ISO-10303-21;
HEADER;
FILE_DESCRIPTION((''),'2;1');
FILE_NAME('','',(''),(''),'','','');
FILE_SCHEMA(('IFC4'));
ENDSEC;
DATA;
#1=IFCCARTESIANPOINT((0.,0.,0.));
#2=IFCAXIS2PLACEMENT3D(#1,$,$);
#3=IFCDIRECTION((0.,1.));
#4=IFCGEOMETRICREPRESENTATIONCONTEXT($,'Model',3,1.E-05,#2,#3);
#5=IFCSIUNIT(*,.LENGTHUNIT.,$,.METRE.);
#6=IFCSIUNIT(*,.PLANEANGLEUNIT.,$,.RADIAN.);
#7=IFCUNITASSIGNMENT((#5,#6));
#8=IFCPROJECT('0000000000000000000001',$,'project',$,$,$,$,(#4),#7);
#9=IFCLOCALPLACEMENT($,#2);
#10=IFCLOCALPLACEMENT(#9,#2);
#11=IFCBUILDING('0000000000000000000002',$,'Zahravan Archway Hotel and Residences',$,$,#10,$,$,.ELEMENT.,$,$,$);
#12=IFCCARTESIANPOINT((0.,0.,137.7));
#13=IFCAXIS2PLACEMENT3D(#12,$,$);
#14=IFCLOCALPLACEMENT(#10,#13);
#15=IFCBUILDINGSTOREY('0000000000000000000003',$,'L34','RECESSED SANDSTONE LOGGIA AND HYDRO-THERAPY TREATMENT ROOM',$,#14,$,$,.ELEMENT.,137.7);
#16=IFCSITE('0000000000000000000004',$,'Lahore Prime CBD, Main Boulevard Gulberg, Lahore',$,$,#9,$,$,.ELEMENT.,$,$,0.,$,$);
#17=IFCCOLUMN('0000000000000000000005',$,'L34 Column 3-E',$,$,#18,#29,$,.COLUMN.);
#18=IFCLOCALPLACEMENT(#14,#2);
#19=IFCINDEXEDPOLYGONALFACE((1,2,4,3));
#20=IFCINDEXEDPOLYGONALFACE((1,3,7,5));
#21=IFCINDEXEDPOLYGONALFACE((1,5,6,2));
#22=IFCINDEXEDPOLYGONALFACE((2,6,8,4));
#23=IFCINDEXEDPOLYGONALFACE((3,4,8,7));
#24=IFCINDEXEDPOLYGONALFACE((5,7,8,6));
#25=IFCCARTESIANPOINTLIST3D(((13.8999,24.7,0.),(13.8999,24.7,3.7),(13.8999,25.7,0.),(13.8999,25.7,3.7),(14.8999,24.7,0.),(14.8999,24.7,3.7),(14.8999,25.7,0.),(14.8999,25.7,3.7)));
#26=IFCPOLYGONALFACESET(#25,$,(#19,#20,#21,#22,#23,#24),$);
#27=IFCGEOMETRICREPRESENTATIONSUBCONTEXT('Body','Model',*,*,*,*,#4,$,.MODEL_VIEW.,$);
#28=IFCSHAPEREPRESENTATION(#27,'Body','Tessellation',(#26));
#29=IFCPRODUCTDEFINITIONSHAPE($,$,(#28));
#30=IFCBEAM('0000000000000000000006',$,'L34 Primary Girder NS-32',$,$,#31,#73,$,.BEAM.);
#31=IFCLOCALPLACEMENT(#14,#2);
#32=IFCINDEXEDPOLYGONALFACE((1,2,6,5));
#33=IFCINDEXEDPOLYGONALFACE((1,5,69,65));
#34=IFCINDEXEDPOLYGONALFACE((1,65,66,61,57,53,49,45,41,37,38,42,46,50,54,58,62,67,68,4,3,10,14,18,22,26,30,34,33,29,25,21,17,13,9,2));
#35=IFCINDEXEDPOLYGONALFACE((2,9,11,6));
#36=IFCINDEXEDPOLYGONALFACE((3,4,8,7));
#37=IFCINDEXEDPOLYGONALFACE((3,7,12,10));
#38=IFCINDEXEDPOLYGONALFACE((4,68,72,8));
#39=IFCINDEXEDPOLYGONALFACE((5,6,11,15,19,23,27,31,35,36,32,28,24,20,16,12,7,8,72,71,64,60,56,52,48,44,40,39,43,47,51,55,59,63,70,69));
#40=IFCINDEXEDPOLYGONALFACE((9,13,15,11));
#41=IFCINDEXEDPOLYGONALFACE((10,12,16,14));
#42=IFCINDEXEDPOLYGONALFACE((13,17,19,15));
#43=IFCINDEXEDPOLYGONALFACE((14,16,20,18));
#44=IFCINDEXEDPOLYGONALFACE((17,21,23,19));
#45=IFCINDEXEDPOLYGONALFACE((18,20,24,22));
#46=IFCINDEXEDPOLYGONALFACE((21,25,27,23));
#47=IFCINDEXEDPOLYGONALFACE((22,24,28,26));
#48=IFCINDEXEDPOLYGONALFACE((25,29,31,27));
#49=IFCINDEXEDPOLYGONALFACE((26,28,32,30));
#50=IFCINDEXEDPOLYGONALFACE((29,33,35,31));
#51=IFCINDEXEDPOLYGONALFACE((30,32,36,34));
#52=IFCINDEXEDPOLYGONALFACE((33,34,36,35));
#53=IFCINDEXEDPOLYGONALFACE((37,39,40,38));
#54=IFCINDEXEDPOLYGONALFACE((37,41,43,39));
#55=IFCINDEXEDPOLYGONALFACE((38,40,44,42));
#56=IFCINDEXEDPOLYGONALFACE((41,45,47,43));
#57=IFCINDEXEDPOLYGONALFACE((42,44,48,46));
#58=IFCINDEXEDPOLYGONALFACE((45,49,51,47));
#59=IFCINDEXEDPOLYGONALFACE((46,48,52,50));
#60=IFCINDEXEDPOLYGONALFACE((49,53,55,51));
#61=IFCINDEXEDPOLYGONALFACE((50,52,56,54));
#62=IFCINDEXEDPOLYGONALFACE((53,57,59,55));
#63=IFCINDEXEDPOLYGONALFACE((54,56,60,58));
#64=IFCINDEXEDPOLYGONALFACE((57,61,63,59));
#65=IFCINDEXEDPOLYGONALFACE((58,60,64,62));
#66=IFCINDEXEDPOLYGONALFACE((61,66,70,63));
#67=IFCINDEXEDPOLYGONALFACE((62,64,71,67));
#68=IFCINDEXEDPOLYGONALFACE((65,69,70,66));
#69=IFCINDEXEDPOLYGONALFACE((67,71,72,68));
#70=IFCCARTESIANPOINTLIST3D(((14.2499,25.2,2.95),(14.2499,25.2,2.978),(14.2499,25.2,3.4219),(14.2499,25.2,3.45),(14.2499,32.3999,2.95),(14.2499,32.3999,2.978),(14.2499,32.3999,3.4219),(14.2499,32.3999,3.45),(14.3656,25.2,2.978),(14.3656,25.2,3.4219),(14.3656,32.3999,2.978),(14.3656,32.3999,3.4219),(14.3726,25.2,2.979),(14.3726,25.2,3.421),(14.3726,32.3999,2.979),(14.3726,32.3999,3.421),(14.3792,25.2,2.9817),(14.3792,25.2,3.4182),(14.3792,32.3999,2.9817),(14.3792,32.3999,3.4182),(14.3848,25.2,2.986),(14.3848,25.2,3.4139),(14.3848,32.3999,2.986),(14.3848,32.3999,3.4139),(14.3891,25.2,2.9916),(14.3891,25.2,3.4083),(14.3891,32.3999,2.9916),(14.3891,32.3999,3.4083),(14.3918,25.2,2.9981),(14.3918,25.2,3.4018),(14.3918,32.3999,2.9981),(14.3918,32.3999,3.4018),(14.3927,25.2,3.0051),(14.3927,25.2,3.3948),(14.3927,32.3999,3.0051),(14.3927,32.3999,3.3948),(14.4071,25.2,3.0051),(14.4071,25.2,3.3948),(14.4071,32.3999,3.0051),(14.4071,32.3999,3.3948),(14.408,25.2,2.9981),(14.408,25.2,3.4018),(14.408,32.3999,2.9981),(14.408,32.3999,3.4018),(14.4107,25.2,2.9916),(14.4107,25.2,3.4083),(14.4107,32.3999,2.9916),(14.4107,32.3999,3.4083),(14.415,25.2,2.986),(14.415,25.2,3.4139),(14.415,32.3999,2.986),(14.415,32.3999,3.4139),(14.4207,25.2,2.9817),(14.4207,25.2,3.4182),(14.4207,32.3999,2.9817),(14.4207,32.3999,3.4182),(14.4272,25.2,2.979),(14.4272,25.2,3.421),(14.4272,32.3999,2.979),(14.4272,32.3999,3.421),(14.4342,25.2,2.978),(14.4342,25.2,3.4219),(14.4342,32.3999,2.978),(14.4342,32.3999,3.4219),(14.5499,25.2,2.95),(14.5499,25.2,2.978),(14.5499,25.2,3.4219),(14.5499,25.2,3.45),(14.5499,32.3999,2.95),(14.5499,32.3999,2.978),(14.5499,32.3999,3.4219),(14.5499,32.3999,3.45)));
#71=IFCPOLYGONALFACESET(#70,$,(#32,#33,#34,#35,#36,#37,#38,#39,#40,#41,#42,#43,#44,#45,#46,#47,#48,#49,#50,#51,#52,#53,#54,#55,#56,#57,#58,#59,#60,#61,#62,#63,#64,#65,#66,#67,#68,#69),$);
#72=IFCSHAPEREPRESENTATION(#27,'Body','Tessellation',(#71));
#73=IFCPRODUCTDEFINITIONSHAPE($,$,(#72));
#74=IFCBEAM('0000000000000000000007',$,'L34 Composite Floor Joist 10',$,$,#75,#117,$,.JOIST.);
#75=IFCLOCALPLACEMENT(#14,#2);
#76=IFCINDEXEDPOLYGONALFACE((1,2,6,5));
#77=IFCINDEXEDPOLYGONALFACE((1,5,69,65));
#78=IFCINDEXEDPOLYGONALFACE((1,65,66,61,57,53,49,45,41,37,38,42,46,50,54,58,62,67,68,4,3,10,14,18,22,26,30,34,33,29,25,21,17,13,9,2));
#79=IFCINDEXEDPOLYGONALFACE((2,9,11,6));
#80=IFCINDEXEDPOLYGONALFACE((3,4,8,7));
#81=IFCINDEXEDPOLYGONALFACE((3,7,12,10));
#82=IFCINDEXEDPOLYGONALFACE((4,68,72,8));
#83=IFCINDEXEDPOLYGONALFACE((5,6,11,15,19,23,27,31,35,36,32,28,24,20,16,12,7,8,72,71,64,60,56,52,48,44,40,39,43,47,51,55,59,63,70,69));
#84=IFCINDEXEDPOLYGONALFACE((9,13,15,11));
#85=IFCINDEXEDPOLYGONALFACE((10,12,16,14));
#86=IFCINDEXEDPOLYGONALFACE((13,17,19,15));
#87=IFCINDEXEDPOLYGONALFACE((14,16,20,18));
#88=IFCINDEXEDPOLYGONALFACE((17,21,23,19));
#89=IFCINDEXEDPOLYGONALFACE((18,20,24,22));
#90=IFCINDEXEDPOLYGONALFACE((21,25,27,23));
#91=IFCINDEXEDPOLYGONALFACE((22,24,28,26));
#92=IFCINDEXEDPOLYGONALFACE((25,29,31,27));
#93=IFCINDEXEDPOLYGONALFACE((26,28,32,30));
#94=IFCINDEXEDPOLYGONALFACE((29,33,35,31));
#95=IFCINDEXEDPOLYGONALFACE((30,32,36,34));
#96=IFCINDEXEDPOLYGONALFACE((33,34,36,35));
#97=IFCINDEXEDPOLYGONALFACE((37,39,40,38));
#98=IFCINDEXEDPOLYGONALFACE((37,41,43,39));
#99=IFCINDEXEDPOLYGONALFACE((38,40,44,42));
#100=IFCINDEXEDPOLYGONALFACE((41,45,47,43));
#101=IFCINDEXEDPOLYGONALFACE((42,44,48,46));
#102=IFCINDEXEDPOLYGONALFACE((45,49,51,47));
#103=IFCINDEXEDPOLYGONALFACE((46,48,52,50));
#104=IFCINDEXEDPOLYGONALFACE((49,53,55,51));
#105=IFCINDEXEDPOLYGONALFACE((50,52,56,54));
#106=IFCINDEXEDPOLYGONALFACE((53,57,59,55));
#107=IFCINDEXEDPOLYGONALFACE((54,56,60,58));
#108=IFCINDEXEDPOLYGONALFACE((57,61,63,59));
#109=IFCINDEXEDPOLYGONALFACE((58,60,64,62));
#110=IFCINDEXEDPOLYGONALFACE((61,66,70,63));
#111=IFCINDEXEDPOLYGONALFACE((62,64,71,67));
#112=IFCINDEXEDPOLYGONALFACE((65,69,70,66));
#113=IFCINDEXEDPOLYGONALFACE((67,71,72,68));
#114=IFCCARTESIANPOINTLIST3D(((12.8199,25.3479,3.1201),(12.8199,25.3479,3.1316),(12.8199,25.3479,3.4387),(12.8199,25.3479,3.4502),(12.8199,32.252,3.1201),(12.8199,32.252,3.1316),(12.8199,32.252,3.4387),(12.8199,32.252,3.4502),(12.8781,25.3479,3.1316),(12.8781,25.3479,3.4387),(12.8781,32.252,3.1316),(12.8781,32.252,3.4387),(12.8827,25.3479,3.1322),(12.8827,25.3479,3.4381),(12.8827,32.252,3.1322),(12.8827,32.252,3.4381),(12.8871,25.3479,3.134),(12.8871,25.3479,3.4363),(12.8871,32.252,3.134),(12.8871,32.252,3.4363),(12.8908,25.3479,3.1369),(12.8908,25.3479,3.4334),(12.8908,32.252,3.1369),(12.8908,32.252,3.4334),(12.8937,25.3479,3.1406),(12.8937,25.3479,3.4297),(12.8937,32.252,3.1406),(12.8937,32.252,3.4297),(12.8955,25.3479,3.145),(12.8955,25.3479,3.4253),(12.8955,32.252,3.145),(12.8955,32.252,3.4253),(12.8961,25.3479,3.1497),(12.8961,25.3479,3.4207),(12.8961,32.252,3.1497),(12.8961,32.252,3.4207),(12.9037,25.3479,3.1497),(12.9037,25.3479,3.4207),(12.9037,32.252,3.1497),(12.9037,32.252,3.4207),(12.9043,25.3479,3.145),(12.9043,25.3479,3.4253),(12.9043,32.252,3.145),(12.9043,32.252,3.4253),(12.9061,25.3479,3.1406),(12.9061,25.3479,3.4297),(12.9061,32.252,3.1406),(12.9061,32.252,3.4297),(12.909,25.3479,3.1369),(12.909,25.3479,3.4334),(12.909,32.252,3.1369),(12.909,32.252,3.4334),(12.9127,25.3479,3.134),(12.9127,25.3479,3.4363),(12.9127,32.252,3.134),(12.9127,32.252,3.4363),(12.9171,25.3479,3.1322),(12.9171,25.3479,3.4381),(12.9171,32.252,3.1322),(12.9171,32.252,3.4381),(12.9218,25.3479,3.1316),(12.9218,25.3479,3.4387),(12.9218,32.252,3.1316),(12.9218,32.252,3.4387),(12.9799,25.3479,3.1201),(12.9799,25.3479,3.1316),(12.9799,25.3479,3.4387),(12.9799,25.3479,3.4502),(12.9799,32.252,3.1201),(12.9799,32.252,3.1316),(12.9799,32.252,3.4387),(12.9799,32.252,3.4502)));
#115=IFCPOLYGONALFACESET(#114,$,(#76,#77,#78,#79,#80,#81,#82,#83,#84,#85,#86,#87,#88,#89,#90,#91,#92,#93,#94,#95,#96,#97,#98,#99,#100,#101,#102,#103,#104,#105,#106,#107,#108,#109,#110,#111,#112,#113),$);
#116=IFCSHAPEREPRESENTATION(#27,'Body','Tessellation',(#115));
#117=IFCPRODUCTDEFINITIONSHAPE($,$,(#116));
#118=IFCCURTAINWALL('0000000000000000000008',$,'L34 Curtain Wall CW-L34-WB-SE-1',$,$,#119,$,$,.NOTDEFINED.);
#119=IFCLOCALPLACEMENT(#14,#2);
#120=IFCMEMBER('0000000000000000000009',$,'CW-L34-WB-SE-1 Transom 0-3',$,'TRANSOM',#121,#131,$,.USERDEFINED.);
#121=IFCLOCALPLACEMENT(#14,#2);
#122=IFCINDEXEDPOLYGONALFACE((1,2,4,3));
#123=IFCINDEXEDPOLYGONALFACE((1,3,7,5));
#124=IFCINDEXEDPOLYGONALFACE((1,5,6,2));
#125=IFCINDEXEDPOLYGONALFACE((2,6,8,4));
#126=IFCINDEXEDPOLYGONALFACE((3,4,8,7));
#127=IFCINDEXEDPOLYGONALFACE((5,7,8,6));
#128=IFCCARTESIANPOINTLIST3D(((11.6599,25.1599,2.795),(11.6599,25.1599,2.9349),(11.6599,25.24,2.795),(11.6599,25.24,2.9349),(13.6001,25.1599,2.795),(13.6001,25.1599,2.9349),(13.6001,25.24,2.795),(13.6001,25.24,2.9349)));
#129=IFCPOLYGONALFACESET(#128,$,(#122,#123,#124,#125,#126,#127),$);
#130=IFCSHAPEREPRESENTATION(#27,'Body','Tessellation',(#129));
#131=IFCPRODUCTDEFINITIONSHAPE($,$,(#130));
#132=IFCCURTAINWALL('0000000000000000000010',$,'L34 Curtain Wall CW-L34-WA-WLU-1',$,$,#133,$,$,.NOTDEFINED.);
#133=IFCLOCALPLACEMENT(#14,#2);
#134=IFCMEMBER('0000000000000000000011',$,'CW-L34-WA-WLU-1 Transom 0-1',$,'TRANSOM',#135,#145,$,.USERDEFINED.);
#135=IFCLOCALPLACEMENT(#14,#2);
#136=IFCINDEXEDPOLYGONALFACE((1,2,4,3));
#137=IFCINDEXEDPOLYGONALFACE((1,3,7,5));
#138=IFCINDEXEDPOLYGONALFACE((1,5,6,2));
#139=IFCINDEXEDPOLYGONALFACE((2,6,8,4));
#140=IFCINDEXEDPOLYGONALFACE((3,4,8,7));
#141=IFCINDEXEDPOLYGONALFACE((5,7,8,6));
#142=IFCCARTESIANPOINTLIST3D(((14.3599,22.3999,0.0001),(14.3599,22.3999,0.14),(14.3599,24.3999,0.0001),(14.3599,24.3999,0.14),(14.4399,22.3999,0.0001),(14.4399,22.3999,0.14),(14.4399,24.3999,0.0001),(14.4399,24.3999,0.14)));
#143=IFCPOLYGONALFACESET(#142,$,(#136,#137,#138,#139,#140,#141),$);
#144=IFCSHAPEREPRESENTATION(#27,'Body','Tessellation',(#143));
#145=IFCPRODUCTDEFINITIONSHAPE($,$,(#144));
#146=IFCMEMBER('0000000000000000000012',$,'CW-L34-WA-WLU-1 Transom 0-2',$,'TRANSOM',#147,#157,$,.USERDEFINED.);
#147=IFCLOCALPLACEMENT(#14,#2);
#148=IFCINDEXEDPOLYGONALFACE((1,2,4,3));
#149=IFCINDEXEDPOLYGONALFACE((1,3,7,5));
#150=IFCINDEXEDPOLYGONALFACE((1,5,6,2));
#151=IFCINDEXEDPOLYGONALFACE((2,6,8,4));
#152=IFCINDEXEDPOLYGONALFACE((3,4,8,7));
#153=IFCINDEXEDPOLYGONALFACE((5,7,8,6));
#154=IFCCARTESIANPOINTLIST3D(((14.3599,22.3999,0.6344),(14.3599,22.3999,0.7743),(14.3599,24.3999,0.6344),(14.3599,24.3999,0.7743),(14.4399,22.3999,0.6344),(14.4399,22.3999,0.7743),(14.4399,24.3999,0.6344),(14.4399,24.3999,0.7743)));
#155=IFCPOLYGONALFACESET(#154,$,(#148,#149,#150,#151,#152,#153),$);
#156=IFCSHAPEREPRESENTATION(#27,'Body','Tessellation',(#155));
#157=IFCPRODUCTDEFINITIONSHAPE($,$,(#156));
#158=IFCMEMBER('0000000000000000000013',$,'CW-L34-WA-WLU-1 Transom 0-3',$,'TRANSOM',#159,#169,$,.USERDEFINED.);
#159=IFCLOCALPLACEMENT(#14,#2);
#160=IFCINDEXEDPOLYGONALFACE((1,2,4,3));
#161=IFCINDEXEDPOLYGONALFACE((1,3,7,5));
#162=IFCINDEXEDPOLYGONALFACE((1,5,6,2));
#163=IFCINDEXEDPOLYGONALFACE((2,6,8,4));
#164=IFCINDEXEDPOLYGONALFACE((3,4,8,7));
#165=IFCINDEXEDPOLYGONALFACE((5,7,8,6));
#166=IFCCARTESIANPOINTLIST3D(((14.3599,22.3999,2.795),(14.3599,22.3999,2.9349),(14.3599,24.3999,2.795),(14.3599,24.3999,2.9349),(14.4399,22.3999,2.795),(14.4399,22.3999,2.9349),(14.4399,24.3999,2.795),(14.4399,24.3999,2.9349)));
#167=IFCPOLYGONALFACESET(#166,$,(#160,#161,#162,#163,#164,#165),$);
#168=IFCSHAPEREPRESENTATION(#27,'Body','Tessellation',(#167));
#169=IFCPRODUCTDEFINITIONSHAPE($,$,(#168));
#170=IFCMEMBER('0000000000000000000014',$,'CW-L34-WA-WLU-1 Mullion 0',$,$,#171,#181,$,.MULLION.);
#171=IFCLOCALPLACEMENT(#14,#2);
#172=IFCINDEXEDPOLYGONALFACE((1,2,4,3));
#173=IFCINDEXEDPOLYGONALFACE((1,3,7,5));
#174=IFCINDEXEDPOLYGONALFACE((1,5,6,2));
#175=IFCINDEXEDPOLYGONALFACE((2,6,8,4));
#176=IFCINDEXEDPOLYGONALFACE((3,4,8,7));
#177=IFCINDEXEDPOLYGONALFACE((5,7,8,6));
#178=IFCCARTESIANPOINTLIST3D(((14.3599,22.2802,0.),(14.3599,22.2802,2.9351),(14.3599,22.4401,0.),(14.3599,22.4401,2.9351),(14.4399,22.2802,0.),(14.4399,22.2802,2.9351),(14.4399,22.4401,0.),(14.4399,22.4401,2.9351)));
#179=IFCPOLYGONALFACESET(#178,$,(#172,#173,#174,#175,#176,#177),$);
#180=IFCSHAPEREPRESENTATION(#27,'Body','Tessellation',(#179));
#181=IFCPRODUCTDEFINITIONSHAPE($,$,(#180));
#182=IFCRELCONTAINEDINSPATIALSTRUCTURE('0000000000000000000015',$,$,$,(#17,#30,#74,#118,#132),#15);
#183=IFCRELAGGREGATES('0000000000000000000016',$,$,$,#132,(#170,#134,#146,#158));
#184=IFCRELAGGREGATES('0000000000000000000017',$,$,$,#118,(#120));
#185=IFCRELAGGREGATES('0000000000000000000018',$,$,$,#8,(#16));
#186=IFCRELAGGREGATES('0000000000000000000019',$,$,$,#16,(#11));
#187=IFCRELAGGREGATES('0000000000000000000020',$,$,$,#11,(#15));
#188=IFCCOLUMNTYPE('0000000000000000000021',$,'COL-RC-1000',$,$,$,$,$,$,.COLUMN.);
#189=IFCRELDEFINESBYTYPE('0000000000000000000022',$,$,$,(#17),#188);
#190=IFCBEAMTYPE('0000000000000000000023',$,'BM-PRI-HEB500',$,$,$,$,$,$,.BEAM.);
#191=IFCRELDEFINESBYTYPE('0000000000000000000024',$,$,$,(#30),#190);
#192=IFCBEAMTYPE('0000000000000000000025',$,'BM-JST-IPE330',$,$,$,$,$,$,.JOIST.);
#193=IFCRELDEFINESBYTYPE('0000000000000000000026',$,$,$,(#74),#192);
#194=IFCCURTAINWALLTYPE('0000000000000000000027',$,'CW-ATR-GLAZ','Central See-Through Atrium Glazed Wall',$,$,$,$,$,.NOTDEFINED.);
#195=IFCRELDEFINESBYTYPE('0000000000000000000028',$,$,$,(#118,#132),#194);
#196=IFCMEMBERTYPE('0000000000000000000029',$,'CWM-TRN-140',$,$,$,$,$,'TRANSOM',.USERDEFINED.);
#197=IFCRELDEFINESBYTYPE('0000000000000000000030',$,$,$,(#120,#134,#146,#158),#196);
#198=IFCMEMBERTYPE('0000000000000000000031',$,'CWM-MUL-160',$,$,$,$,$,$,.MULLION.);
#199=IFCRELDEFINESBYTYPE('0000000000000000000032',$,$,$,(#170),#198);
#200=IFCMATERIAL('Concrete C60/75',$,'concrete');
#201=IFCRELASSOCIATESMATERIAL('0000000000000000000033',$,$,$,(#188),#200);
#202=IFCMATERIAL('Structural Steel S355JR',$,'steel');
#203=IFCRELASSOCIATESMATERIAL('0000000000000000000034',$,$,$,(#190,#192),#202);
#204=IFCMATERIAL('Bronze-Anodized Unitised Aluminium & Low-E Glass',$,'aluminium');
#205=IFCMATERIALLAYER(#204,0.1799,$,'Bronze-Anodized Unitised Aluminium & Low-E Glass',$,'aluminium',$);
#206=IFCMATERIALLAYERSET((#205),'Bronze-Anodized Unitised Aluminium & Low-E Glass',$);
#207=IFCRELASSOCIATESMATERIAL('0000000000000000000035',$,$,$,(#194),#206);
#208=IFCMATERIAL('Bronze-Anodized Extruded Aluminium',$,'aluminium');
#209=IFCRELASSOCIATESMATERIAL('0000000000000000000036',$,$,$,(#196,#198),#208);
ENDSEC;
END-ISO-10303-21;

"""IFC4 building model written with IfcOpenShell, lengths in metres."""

from ifc_helpers import new_model, si_unit, direction, frame, origin, origin_2d, place, context, subcontext, project, spatial, rectangle, i_section, extrude, source, transform, mapped, material, layer, layer_set, material_profile, profile_set, type_object, type_shapes, element, aggregate, save


model = new_model("IFC4")

# Units and contexts
model_context = context("Model", 3, precision=1e-05, world=origin(), true_north=direction((0.0, 1.0)))
body_context = subcontext(model_context, "Body", "Model", "MODEL_VIEW")
ifc_project = project(units=[si_unit("LENGTHUNIT", "METRE"), si_unit("PLANEANGLEUNIT", "RADIAN")], contexts=[model_context])

# Site, building, storey
site_placement = place(None, origin())
site = spatial("IfcSite", under=ifc_project, at=site_placement, Name="Lahore Prime CBD, Main Boulevard Gulberg, Lahore", CompositionType="ELEMENT", RefElevation=0.0)
building_placement = place(site_placement, origin())
building = spatial("IfcBuilding", under=site, at=building_placement, Name="Zahravan Archway Hotel and Residences", CompositionType="ELEMENT")
storey_placement = place(building_placement, frame((0.0, 0.0, 137.7)))
storey = spatial("IfcBuildingStorey", under=building, at=storey_placement, Name="L34", Description="RECESSED SANDSTONE LOGGIA AND HYDRO-THERAPY TREATMENT ROOM", CompositionType="ELEMENT", Elevation=137.7)

# Column
ifc_material_1 = material(Name="Concrete C60/75", Category="concrete")
ifc_material_profile_1 = material_profile(ifc_material_1, rectangle(XDim=1.0, YDim=1.0, at=origin_2d()), Name="RC-COL-1000x1000", Category="concrete")
ifc_profile_set_1 = profile_set([ifc_material_profile_1], Name="Concrete C60/75")
column_type = type_object("IfcColumnType", Name="COL-RC-1000", PredefinedType="COLUMN", material=ifc_profile_set_1)
shared_shape_1 = source(origin(), body_context, "Body", "SweptSolid", [
    extrude(rectangle(XDim=1.0, YDim=1.0, at=origin_2d()), origin(), (0.0, 0.0, 1.0), 3.7),
])
type_shapes(column_type, [shared_shape_1])
column_placement = place(storey_placement, frame((14.3999, 25.2, 0.0), z_axis=(0.0, 0.0, 1.0), x_axis=(1.0, 0.0, 0.0)))
element("IfcColumn", 1, at=column_placement, inside=storey, type_object=column_type, Name="L34 Column 3-E", PredefinedType="COLUMN", context=body_context, shape_type="MappedRepresentation", body=[
    mapped(shared_shape_1, transform((0.0, 0.0, 0.0), scale=1.0)),
])

# Beams
ifc_material_2 = material(Name="Structural Steel S355JR", Category="steel")
ifc_material_profile_2 = material_profile(ifc_material_2, i_section(OverallWidth=0.3, OverallDepth=0.5, WebThickness=0.0144, FlangeThickness=0.0281, FilletRadius=0.0271, at=origin_2d()), Name="HEB 500", Category="steel")
ifc_profile_set_2 = profile_set([ifc_material_profile_2], Name="Structural Steel S355JR")
beam_type_1 = type_object("IfcBeamType", Name="BM-PRI-HEB500", PredefinedType="BEAM", material=ifc_profile_set_2)
shared_shape_2 = source(origin(), body_context, "Body", "SweptSolid", [
    extrude(i_section(OverallWidth=0.3, OverallDepth=0.5, WebThickness=0.0144, FlangeThickness=0.0281, FilletRadius=0.0271, at=origin_2d()), origin(), (0.0, 0.0, 1.0), 7.2),
])
beam_1_placement = place(storey_placement, frame((14.3999, 25.2, 3.2), z_axis=(0.0, 1.0, 0.0), x_axis=(-1.0, 0.0, 0.0)))
element("IfcBeam", 2, at=beam_1_placement, inside=storey, type_object=beam_type_1, Name="L34 Primary Girder NS-32", PredefinedType="BEAM", context=body_context, shape_type="MappedRepresentation", body=[
    mapped(shared_shape_2, transform((0.0, 0.0, 0.0), scale=1.0)),
])
ifc_material_profile_3 = material_profile(ifc_material_2, i_section(OverallWidth=0.1599, OverallDepth=0.3301, WebThickness=0.0076, FlangeThickness=0.0115, FilletRadius=0.0181, at=origin_2d()), Name="IPE 330", Category="steel")
ifc_profile_set_3 = profile_set([ifc_material_profile_3], Name="Structural Steel S355JR")
beam_type_2 = type_object("IfcBeamType", Name="BM-JST-IPE330", PredefinedType="JOIST", material=ifc_profile_set_3)
shared_shape_3 = source(origin(), body_context, "Body", "SweptSolid", [
    extrude(i_section(OverallWidth=0.1599, OverallDepth=0.3301, WebThickness=0.0076, FlangeThickness=0.0115, FilletRadius=0.0181, at=origin_2d()), origin(), (0.0, 0.0, 1.0), 6.9041),
])
type_shapes(beam_type_2, [shared_shape_3])
beam_2_placement = place(storey_placement, frame((12.8999, 25.3479, 3.2852), z_axis=(0.0, 1.0, 0.0), x_axis=(-1.0, 0.0, 0.0)))
element("IfcBeam", 3, at=beam_2_placement, inside=storey, type_object=beam_type_2, Name="L34 Composite Floor Joist 10", PredefinedType="JOIST", context=body_context, shape_type="MappedRepresentation", body=[
    mapped(shared_shape_3, transform((0.0, 0.0, 0.0), scale=1.0)),
])

# Curtain wall, member
ifc_material_3 = material(Name="Bronze-Anodized Unitised Aluminium & Low-E Glass", Category="aluminium")
ifc_layer_1 = layer(ifc_material_3, 0.1799, Name="Bronze-Anodized Unitised Aluminium & Low-E Glass", Category="aluminium")
ifc_layer_set_1 = layer_set([ifc_layer_1], Name="Bronze-Anodized Unitised Aluminium & Low-E Glass")
curtain_wall_type = type_object("IfcCurtainWallType", Name="CW-ATR-GLAZ", Description="Central See-Through Atrium Glazed Wall", PredefinedType="NOTDEFINED", material=ifc_layer_set_1)
curtain_wall_1_placement = place(storey_placement, origin())
curtain_wall_1 = element("IfcCurtainWall", 4, at=curtain_wall_1_placement, inside=storey, type_object=curtain_wall_type, Name="L34 Curtain Wall CW-L34-WB-SE-1", PredefinedType="NOTDEFINED")
ifc_material_4 = material(Name="Bronze-Anodized Extruded Aluminium", Category="aluminium")
ifc_material_profile_4 = material_profile(ifc_material_4, rectangle(XDim=0.0801, YDim=0.1399, at=origin_2d()), Name="TRN 80x140", Category="aluminium")
ifc_profile_set_4 = profile_set([ifc_material_profile_4], Name="Bronze-Anodized Extruded Aluminium")
member_type_1 = type_object("IfcMemberType", Name="CWM-TRN-140", ElementType="TRANSOM", PredefinedType="USERDEFINED", material=ifc_profile_set_4)
shared_shape_4 = source(origin(), body_context, "Body", "SweptSolid", [
    extrude(rectangle(XDim=0.0801, YDim=0.1399, at=origin_2d()), origin(), (0.0, 0.0, 1.0), 1.9402),
])
member_1_placement = place(storey_placement, frame((11.6599, 25.2, 2.865), z_axis=(1.0, 0.0, 0.0), x_axis=(0.0, 1.0, 0.0)))
member_1 = element("IfcMember", 5, at=member_1_placement, type_object=member_type_1, Name="CW-L34-WB-SE-1 Transom 0-3", ObjectType="TRANSOM", PredefinedType="USERDEFINED", context=body_context, shape_type="MappedRepresentation", body=[
    mapped(shared_shape_4, transform((0.0, 0.0, 0.0), scale=1.0)),
])

# Curtain wall, members
curtain_wall_2_placement = place(storey_placement, origin())
curtain_wall_2 = element("IfcCurtainWall", 6, at=curtain_wall_2_placement, inside=storey, type_object=curtain_wall_type, Name="L34 Curtain Wall CW-L34-WA-WLU-1", PredefinedType="NOTDEFINED")
shared_shape_5 = source(origin(), body_context, "Body", "SweptSolid", [
    extrude(rectangle(XDim=0.0801, YDim=0.1399, at=origin_2d()), origin(), (0.0, 0.0, 1.0), 2.0),
])
member_2_placement = place(storey_placement, frame((14.3999, 22.3999, 0.0701), z_axis=(0.0, 1.0, 0.0), x_axis=(-1.0, 0.0, 0.0)))
member_2 = element("IfcMember", 7, at=member_2_placement, type_object=member_type_1, Name="CW-L34-WA-WLU-1 Transom 0-1", ObjectType="TRANSOM", PredefinedType="USERDEFINED", context=body_context, shape_type="MappedRepresentation", body=[
    mapped(shared_shape_5, transform((0.0, 0.0, 0.0), scale=1.0)),
])
member_3_placement = place(storey_placement, frame((14.3999, 22.3999, 0.7043), z_axis=(0.0, 1.0, 0.0), x_axis=(-1.0, 0.0, 0.0)))
member_3 = element("IfcMember", 8, at=member_3_placement, type_object=member_type_1, Name="CW-L34-WA-WLU-1 Transom 0-2", ObjectType="TRANSOM", PredefinedType="USERDEFINED", context=body_context, shape_type="MappedRepresentation", body=[
    mapped(shared_shape_5, transform((0.0, 0.0, 0.0), scale=1.0)),
])
member_4_placement = place(storey_placement, frame((14.3999, 22.3999, 2.865), z_axis=(0.0, 1.0, 0.0), x_axis=(-1.0, 0.0, 0.0)))
member_4 = element("IfcMember", 9, at=member_4_placement, type_object=member_type_1, Name="CW-L34-WA-WLU-1 Transom 0-3", ObjectType="TRANSOM", PredefinedType="USERDEFINED", context=body_context, shape_type="MappedRepresentation", body=[
    mapped(shared_shape_5, transform((0.0, 0.0, 0.0), scale=1.0)),
])
ifc_material_profile_5 = material_profile(ifc_material_4, rectangle(XDim=0.0801, YDim=0.1599, at=origin_2d()), Name="MUL 80x160", Category="aluminium")
ifc_profile_set_5 = profile_set([ifc_material_profile_5], Name="Bronze-Anodized Extruded Aluminium")
member_type_2 = type_object("IfcMemberType", Name="CWM-MUL-160", PredefinedType="MULLION", material=ifc_profile_set_5)
shared_shape_6 = source(origin(), body_context, "Body", "SweptSolid", [
    extrude(rectangle(XDim=0.0801, YDim=0.1599, at=origin_2d()), origin(), (0.0, 0.0, 1.0), 2.9351),
])
member_5_placement = place(storey_placement, frame((14.3999, 22.3601, 0.0), z_axis=(0.0, 0.0, 1.0), x_axis=(1.0, 0.0, 0.0)))
member_5 = element("IfcMember", 10, at=member_5_placement, type_object=member_type_2, Name="CW-L34-WA-WLU-1 Mullion 0", PredefinedType="MULLION", context=body_context, shape_type="MappedRepresentation", body=[
    mapped(shared_shape_6, transform((0.0, 0.0, 0.0), scale=1.0)),
])

aggregate(curtain_wall_2, [member_5, member_2, member_3, member_4])
aggregate(curtain_wall_1, [member_1])

save(model, "model.ifc")
